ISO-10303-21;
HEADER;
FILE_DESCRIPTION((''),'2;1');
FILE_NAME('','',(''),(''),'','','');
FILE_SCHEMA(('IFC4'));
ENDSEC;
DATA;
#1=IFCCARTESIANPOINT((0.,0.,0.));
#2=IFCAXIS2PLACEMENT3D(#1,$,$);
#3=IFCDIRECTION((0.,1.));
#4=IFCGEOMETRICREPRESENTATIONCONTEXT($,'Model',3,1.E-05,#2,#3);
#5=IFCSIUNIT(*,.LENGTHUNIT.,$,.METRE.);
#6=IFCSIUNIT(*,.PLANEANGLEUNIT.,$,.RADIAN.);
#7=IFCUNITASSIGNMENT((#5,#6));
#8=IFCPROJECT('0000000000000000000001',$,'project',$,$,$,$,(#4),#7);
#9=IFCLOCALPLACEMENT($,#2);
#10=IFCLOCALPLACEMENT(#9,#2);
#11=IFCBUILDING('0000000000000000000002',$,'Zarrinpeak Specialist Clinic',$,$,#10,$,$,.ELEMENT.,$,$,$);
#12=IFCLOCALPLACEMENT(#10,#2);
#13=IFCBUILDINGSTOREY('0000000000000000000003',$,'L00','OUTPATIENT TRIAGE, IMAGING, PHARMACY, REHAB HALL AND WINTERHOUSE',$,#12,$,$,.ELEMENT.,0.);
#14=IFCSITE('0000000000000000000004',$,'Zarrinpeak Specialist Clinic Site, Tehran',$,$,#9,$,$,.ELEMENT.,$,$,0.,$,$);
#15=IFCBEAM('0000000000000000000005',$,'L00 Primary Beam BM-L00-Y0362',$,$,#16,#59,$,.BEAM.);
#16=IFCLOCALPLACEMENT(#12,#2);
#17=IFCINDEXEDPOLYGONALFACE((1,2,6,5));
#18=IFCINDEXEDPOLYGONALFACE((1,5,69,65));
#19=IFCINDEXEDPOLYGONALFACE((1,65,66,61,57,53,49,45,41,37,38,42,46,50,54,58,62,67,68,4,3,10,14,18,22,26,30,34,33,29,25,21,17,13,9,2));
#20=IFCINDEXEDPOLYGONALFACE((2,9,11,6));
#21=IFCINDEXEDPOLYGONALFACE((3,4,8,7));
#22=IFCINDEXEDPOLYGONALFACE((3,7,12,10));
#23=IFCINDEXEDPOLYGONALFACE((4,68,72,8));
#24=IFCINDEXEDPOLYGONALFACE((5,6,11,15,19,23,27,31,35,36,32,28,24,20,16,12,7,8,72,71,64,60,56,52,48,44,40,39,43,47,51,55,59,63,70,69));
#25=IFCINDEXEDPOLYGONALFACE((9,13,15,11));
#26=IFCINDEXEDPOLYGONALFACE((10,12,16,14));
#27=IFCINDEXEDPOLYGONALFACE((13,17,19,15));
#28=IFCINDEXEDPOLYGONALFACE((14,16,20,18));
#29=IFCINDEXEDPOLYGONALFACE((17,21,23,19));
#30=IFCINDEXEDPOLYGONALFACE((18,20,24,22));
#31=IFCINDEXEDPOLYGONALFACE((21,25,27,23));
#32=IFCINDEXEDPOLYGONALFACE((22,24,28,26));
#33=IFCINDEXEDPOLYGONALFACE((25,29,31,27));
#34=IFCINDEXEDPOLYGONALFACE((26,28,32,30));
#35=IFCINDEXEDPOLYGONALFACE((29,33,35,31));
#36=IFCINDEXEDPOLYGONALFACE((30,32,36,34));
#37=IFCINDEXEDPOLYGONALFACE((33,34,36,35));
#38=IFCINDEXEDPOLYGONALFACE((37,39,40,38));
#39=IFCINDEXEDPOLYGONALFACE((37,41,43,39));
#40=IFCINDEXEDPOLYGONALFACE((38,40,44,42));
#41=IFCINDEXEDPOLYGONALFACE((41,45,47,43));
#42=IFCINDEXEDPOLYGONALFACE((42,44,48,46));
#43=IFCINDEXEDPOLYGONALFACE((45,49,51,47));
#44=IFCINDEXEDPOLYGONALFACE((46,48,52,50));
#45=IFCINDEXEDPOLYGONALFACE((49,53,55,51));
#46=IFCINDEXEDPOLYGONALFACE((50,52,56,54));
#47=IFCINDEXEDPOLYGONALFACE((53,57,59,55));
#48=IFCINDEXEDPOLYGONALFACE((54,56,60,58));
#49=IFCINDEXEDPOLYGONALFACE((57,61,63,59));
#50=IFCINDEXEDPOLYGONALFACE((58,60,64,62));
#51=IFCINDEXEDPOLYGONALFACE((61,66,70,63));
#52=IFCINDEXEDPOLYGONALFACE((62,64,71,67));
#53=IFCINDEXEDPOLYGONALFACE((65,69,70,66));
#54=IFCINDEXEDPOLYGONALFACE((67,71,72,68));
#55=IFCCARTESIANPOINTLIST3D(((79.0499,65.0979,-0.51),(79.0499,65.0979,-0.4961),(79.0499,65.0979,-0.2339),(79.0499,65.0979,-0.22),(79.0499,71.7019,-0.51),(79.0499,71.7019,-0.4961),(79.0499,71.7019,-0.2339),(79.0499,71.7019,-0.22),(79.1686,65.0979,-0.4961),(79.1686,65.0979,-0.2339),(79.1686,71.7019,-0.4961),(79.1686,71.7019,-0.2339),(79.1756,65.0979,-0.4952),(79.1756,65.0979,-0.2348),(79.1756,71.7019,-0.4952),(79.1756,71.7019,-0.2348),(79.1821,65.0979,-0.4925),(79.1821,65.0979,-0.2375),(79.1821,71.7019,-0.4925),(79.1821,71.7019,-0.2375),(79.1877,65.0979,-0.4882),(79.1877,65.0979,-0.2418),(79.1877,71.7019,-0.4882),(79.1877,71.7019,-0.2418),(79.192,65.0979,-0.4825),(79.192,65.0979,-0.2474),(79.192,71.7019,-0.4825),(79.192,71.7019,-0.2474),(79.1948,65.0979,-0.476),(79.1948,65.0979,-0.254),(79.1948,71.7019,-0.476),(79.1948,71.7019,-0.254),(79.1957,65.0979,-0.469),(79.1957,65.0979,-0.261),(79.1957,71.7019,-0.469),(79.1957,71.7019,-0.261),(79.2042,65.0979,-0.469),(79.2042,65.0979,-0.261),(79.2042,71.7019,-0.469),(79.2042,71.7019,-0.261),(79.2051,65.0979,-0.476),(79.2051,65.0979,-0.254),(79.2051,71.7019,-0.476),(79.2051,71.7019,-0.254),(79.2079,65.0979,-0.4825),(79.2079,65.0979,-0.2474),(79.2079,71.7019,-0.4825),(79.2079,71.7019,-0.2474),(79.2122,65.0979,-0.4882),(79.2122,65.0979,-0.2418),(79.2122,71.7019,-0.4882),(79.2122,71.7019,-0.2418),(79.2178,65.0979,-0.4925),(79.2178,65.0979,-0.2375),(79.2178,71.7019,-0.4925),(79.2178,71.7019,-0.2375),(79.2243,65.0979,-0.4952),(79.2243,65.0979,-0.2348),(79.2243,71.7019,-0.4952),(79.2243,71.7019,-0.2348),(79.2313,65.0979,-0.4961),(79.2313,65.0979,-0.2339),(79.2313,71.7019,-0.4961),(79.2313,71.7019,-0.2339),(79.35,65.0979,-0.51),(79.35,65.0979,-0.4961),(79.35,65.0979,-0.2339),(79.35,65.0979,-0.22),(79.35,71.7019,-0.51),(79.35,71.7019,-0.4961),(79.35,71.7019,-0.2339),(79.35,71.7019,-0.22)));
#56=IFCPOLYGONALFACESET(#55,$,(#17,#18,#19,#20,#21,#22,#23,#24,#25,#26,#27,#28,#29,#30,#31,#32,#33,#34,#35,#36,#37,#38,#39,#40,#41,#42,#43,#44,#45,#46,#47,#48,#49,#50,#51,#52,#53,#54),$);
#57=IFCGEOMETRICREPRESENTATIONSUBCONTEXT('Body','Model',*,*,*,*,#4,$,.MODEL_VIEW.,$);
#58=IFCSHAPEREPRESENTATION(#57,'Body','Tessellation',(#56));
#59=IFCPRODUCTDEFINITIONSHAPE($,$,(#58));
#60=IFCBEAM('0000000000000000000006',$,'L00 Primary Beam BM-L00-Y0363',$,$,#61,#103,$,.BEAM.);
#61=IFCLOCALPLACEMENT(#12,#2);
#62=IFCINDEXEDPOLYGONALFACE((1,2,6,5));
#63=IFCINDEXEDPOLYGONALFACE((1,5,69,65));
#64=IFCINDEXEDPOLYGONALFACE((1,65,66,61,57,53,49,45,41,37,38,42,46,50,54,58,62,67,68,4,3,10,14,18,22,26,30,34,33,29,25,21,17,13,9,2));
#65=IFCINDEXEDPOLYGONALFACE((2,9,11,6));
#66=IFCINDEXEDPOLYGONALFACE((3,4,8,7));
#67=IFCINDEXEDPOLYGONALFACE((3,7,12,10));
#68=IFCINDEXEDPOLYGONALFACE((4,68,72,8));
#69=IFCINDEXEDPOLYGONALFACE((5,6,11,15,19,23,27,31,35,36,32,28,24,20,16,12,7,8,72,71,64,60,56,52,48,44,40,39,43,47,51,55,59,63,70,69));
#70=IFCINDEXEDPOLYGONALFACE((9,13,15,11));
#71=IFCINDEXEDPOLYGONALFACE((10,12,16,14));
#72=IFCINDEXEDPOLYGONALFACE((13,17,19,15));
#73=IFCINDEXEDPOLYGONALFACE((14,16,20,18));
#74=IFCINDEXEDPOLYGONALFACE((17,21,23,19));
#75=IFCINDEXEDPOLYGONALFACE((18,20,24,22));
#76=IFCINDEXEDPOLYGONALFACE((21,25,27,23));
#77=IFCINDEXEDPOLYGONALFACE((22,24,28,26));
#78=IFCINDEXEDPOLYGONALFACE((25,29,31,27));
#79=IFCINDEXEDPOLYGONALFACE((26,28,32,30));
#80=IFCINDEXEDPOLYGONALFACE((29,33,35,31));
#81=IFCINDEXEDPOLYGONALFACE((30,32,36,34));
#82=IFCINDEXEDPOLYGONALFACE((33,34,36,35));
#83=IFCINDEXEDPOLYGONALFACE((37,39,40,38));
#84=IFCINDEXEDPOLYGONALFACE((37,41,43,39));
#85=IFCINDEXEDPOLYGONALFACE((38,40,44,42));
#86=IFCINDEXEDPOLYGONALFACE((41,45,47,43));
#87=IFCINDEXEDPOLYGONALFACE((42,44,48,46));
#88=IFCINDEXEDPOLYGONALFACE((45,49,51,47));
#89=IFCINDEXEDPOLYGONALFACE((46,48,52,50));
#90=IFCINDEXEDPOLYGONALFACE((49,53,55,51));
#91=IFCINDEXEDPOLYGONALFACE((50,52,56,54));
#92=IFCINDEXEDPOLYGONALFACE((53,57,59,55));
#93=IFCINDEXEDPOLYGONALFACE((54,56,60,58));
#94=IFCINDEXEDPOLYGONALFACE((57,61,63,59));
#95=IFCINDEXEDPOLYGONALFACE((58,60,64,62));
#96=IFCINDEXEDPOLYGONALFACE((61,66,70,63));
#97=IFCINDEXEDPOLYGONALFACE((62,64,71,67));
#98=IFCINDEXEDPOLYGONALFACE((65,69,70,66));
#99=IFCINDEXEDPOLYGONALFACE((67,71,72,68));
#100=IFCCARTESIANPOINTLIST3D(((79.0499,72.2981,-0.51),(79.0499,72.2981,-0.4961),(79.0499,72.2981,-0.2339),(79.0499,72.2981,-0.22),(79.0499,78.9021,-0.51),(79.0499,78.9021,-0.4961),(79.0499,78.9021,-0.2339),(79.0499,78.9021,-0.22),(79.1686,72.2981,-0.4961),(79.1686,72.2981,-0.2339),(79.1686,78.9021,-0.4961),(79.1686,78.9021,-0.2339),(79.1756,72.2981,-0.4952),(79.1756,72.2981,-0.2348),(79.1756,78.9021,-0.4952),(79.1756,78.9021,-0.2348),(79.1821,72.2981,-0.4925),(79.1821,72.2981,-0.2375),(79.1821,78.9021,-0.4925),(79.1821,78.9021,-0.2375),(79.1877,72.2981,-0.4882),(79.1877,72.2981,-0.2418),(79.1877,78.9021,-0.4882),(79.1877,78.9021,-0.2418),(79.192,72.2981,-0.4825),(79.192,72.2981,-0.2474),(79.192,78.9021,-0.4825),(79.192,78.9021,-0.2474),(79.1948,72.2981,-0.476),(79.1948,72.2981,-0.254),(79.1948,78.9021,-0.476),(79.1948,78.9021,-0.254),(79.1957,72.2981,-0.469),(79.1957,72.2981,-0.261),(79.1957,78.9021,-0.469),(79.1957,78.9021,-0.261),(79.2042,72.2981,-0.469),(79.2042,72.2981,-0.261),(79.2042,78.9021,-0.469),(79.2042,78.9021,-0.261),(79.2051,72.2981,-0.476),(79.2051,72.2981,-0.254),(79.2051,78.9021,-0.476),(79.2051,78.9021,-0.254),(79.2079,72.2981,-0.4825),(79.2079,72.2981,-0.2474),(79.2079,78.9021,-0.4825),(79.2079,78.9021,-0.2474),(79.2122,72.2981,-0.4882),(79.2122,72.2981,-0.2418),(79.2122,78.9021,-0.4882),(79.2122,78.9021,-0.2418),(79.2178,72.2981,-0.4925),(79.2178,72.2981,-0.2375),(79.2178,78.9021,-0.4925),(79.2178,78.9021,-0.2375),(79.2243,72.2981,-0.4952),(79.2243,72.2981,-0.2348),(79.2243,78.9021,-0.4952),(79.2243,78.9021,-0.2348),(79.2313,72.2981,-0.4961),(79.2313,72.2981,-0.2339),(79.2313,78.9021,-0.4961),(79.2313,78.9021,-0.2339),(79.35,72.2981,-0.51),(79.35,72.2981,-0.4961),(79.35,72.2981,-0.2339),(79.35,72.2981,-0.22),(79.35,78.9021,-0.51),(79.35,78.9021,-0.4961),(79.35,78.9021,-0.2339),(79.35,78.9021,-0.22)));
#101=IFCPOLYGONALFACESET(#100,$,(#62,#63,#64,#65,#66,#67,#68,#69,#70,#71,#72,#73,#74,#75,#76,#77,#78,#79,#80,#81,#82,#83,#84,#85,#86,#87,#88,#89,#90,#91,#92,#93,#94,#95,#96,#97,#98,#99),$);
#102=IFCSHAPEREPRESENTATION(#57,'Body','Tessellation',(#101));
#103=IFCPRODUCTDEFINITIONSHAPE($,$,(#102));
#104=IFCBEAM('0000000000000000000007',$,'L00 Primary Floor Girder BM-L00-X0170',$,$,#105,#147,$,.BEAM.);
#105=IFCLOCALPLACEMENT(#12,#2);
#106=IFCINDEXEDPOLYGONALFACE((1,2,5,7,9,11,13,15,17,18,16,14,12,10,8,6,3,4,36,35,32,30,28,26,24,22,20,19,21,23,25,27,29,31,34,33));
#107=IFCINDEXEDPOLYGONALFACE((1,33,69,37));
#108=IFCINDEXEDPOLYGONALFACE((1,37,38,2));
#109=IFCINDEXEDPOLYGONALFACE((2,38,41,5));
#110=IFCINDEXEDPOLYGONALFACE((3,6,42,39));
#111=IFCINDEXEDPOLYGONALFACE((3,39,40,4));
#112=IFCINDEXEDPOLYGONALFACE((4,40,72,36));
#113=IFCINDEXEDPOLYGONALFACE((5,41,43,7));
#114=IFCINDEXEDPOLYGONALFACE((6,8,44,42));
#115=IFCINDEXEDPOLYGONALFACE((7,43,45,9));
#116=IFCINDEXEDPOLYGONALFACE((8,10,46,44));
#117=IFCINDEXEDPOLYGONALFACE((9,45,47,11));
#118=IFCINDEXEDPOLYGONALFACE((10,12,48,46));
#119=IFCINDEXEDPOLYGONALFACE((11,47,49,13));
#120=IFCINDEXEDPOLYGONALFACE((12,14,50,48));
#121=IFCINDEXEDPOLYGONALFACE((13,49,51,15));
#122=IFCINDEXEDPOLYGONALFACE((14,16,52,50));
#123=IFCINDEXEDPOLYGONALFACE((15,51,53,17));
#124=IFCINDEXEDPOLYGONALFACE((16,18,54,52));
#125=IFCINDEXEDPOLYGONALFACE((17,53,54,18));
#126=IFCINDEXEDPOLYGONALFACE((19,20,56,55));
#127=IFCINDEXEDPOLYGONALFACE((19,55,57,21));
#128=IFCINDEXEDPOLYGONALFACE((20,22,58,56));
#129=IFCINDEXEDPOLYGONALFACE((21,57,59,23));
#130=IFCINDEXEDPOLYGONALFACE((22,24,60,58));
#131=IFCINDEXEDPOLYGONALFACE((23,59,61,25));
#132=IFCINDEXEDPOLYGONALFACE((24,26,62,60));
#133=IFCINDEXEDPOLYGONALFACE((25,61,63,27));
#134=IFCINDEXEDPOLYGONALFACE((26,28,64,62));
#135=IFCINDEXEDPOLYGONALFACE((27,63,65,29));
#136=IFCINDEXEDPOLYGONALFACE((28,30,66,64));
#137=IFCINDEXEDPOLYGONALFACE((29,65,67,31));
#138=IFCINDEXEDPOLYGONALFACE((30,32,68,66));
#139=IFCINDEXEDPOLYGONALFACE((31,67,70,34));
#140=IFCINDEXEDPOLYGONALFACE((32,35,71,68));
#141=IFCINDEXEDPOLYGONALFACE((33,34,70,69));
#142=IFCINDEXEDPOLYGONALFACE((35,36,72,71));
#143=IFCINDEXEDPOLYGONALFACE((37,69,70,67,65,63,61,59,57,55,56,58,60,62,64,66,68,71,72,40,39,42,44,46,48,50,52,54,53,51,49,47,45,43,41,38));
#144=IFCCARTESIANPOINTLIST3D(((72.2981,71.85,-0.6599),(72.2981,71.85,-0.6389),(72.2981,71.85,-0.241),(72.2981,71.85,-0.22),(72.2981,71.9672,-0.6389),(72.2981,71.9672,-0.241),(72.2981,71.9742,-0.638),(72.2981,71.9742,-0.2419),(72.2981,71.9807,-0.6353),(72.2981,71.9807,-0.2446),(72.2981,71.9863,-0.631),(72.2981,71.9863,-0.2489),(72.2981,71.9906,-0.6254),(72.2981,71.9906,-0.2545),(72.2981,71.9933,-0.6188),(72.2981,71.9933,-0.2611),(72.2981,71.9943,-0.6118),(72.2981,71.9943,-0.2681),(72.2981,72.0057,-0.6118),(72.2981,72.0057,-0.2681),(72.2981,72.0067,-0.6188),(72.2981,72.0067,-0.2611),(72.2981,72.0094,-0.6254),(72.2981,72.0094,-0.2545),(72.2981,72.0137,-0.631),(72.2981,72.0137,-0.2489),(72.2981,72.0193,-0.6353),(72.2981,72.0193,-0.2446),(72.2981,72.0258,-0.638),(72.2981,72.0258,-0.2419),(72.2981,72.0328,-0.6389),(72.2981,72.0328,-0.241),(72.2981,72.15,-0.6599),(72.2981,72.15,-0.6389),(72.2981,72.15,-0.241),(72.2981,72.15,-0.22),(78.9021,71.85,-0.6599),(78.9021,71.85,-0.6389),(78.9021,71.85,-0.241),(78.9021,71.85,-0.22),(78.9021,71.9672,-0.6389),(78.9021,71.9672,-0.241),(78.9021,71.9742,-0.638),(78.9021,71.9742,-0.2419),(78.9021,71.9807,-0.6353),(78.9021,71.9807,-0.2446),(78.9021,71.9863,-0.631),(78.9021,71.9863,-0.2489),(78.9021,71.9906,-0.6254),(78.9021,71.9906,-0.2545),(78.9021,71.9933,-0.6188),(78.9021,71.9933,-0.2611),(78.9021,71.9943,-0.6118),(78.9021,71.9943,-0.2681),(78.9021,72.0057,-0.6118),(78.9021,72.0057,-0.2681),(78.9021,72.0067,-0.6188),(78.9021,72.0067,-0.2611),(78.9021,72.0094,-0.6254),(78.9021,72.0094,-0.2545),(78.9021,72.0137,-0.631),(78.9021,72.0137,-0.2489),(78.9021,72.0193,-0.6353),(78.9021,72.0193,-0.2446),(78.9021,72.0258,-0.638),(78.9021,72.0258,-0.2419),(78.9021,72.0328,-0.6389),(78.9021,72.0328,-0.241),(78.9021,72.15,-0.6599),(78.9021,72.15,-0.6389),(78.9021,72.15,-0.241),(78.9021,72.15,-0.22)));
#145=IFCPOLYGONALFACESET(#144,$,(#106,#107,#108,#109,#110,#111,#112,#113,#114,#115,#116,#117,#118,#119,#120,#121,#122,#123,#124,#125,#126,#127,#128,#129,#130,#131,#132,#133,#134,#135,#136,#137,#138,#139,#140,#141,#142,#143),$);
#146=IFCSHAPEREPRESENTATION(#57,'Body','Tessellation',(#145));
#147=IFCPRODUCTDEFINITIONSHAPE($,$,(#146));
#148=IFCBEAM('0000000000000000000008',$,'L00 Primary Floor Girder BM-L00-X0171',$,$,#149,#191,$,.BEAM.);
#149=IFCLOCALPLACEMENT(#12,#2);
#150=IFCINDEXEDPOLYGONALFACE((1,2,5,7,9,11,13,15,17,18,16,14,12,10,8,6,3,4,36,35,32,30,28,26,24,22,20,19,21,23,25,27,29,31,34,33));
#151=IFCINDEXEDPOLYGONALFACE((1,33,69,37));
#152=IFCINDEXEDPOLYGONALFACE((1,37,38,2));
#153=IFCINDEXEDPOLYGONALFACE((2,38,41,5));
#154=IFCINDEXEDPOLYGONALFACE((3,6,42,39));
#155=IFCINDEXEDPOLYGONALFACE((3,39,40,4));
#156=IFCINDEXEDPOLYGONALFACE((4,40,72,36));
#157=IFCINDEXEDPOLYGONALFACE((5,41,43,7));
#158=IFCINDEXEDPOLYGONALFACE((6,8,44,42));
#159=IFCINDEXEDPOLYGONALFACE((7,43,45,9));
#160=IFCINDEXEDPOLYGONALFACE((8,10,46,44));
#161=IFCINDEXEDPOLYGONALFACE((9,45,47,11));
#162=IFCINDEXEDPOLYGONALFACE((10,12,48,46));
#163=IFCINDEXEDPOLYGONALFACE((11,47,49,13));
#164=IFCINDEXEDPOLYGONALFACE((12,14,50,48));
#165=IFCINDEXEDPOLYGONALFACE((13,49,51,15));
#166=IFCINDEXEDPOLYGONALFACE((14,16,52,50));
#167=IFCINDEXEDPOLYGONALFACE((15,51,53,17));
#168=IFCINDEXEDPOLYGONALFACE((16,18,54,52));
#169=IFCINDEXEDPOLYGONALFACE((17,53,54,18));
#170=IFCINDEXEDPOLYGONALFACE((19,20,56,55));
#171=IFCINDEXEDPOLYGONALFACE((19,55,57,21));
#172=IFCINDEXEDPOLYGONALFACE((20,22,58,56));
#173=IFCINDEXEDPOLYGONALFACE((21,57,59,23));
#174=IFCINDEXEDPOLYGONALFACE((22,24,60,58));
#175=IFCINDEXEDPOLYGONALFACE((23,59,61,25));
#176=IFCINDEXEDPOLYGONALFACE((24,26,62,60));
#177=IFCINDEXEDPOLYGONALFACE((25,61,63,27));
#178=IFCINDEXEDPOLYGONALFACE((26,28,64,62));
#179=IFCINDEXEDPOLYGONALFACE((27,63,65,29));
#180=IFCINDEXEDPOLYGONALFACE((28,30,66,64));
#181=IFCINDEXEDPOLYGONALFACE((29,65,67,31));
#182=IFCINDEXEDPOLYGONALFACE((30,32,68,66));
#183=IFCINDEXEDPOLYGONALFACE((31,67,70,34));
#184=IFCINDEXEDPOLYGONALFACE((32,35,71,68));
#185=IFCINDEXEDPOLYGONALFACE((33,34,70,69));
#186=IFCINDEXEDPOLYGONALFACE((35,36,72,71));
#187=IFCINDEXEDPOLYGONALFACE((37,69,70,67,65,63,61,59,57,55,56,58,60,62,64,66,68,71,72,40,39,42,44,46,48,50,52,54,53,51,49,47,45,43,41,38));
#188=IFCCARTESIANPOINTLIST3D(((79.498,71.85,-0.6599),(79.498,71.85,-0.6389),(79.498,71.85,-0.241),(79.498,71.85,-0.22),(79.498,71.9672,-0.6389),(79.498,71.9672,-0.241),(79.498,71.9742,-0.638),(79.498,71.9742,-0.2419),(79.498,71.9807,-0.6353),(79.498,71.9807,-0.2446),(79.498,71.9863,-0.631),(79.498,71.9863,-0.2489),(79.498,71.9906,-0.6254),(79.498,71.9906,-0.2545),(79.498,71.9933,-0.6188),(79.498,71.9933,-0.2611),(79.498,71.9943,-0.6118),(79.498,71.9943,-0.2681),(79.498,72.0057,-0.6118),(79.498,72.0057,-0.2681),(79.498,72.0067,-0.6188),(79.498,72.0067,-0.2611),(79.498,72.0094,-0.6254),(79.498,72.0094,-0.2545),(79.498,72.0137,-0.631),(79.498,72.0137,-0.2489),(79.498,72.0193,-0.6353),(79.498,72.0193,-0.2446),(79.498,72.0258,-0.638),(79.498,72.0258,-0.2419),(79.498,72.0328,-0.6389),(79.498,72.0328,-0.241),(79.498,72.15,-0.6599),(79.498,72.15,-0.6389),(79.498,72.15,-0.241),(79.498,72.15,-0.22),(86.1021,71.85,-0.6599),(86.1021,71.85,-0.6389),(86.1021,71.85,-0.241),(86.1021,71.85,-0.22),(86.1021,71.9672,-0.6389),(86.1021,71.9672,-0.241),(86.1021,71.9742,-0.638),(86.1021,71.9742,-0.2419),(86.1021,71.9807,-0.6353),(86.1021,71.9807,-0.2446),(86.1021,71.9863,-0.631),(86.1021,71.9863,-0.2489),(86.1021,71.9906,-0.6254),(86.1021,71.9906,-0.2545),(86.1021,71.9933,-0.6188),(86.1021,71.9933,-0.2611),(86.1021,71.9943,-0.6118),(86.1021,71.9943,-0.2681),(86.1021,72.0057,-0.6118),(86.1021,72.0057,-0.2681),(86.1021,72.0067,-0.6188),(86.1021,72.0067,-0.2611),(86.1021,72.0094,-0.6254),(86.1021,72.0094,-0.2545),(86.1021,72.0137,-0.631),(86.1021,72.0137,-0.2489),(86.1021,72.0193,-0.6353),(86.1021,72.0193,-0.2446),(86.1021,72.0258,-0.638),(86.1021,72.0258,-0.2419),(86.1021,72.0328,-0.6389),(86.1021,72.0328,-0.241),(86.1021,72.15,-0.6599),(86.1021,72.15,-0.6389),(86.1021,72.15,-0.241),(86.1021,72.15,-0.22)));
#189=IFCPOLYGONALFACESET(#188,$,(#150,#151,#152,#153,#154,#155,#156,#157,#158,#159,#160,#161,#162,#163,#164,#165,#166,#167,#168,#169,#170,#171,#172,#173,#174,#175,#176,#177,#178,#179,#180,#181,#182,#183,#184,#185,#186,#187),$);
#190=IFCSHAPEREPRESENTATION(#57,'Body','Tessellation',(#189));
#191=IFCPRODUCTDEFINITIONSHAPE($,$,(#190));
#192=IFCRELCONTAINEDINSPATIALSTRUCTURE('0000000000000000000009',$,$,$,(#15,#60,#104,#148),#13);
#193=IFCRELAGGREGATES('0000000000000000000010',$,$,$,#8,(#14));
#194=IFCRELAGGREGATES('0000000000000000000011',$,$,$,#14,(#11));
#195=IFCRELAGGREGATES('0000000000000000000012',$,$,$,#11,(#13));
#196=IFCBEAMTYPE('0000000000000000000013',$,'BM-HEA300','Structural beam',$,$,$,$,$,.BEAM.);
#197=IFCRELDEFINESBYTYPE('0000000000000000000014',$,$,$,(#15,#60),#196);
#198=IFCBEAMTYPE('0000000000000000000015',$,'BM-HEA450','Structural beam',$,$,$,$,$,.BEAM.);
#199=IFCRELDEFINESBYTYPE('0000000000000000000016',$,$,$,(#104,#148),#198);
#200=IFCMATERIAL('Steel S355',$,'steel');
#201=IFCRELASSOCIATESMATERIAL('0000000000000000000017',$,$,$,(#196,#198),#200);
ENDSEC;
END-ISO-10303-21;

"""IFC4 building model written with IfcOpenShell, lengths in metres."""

from ifc_helpers import new_model, si_unit, direction, frame, origin, origin_2d, place, context, subcontext, project, spatial, i_section, extrude, material, material_profile, profile_set, type_object, element, save


model = new_model("IFC4")

# Units and contexts
model_context = context("Model", 3, precision=1e-05, world=origin(), true_north=direction((0.0, 1.0)))
body_context = subcontext(model_context, "Body", "Model", "MODEL_VIEW")
ifc_project = project(units=[si_unit("LENGTHUNIT", "METRE"), si_unit("PLANEANGLEUNIT", "RADIAN")], contexts=[model_context])

# Site, building, storey
site_placement = place(None, origin())
site = spatial("IfcSite", under=ifc_project, at=site_placement, Name="Zarrinpeak Specialist Clinic Site, Tehran", CompositionType="ELEMENT", RefElevation=0.0)
building_placement = place(site_placement, origin())
building = spatial("IfcBuilding", under=site, at=building_placement, Name="Zarrinpeak Specialist Clinic", CompositionType="ELEMENT")
storey_placement = place(building_placement, origin())
storey = spatial("IfcBuildingStorey", under=building, at=storey_placement, Name="L00", Description="OUTPATIENT TRIAGE, IMAGING, PHARMACY, REHAB HALL AND WINTERHOUSE", CompositionType="ELEMENT", Elevation=0.0)

# Beams
ifc_material_1 = material(Name="Steel S355", Category="steel")
ifc_material_profile_1 = material_profile(ifc_material_1, i_section(OverallWidth=0.3, OverallDepth=0.29, WebThickness=0.0085, FlangeThickness=0.0139, FilletRadius=0.0271, at=origin_2d()), Name="HEA 300")
ifc_profile_set_1 = profile_set([ifc_material_profile_1], Name="Steel S355")
beam_type_1 = type_object("IfcBeamType", Name="BM-HEA300", Description="Structural beam", PredefinedType="BEAM", material=ifc_profile_set_1)
for number, where, z_axis, x_axis, name in (
    (1, (79.2, 65.0979, -0.365), (0.0, 1.0, 0.0), (-1.0, 0.0, 0.0), "L00 Primary Beam BM-L00-Y0362"),
    (2, (79.2, 72.2981, -0.365), (0.0, 1.0, 0.0), (-1.0, 0.0, 0.0), "L00 Primary Beam BM-L00-Y0363"),
):
    element("IfcBeam", number, at=place(storey_placement, frame(where, z_axis=z_axis, x_axis=x_axis)), inside=storey, type_object=beam_type_1, Name=name, PredefinedType="BEAM", context=body_context, shape_type="SweptSolid", body=[
        extrude(i_section(OverallWidth=0.3, OverallDepth=0.29, WebThickness=0.0085, FlangeThickness=0.0139, FilletRadius=0.0271, at=origin_2d()), origin(), (0.0, 0.0, 1.0), 6.604),
    ])
ifc_material_profile_2 = material_profile(ifc_material_1, i_section(OverallWidth=0.3, OverallDepth=0.4399, WebThickness=0.0115, FlangeThickness=0.021, FilletRadius=0.0271, at=origin_2d()), Name="HEA 450")
ifc_profile_set_2 = profile_set([ifc_material_profile_2], Name="Steel S355")
beam_type_2 = type_object("IfcBeamType", Name="BM-HEA450", Description="Structural beam", PredefinedType="BEAM", material=ifc_profile_set_2)
for number, where, z_axis, x_axis, name in (
    (3, (72.2981, 72.0, -0.4399), (1.0, 0.0, 0.0), (0.0, 1.0, 0.0), "L00 Primary Floor Girder BM-L00-X0170"),
    (4, (79.498, 72.0, -0.4399), (1.0, 0.0, 0.0), (0.0, 1.0, 0.0), "L00 Primary Floor Girder BM-L00-X0171"),
):
    element("IfcBeam", number, at=place(storey_placement, frame(where, z_axis=z_axis, x_axis=x_axis)), inside=storey, type_object=beam_type_2, Name=name, PredefinedType="BEAM", context=body_context, shape_type="SweptSolid", body=[
        extrude(i_section(OverallWidth=0.3, OverallDepth=0.4399, WebThickness=0.0115, FlangeThickness=0.021, FilletRadius=0.0271, at=origin_2d()), origin(), (0.0, 0.0, 1.0), 6.604),
    ])

save(model, "model.ifc")
